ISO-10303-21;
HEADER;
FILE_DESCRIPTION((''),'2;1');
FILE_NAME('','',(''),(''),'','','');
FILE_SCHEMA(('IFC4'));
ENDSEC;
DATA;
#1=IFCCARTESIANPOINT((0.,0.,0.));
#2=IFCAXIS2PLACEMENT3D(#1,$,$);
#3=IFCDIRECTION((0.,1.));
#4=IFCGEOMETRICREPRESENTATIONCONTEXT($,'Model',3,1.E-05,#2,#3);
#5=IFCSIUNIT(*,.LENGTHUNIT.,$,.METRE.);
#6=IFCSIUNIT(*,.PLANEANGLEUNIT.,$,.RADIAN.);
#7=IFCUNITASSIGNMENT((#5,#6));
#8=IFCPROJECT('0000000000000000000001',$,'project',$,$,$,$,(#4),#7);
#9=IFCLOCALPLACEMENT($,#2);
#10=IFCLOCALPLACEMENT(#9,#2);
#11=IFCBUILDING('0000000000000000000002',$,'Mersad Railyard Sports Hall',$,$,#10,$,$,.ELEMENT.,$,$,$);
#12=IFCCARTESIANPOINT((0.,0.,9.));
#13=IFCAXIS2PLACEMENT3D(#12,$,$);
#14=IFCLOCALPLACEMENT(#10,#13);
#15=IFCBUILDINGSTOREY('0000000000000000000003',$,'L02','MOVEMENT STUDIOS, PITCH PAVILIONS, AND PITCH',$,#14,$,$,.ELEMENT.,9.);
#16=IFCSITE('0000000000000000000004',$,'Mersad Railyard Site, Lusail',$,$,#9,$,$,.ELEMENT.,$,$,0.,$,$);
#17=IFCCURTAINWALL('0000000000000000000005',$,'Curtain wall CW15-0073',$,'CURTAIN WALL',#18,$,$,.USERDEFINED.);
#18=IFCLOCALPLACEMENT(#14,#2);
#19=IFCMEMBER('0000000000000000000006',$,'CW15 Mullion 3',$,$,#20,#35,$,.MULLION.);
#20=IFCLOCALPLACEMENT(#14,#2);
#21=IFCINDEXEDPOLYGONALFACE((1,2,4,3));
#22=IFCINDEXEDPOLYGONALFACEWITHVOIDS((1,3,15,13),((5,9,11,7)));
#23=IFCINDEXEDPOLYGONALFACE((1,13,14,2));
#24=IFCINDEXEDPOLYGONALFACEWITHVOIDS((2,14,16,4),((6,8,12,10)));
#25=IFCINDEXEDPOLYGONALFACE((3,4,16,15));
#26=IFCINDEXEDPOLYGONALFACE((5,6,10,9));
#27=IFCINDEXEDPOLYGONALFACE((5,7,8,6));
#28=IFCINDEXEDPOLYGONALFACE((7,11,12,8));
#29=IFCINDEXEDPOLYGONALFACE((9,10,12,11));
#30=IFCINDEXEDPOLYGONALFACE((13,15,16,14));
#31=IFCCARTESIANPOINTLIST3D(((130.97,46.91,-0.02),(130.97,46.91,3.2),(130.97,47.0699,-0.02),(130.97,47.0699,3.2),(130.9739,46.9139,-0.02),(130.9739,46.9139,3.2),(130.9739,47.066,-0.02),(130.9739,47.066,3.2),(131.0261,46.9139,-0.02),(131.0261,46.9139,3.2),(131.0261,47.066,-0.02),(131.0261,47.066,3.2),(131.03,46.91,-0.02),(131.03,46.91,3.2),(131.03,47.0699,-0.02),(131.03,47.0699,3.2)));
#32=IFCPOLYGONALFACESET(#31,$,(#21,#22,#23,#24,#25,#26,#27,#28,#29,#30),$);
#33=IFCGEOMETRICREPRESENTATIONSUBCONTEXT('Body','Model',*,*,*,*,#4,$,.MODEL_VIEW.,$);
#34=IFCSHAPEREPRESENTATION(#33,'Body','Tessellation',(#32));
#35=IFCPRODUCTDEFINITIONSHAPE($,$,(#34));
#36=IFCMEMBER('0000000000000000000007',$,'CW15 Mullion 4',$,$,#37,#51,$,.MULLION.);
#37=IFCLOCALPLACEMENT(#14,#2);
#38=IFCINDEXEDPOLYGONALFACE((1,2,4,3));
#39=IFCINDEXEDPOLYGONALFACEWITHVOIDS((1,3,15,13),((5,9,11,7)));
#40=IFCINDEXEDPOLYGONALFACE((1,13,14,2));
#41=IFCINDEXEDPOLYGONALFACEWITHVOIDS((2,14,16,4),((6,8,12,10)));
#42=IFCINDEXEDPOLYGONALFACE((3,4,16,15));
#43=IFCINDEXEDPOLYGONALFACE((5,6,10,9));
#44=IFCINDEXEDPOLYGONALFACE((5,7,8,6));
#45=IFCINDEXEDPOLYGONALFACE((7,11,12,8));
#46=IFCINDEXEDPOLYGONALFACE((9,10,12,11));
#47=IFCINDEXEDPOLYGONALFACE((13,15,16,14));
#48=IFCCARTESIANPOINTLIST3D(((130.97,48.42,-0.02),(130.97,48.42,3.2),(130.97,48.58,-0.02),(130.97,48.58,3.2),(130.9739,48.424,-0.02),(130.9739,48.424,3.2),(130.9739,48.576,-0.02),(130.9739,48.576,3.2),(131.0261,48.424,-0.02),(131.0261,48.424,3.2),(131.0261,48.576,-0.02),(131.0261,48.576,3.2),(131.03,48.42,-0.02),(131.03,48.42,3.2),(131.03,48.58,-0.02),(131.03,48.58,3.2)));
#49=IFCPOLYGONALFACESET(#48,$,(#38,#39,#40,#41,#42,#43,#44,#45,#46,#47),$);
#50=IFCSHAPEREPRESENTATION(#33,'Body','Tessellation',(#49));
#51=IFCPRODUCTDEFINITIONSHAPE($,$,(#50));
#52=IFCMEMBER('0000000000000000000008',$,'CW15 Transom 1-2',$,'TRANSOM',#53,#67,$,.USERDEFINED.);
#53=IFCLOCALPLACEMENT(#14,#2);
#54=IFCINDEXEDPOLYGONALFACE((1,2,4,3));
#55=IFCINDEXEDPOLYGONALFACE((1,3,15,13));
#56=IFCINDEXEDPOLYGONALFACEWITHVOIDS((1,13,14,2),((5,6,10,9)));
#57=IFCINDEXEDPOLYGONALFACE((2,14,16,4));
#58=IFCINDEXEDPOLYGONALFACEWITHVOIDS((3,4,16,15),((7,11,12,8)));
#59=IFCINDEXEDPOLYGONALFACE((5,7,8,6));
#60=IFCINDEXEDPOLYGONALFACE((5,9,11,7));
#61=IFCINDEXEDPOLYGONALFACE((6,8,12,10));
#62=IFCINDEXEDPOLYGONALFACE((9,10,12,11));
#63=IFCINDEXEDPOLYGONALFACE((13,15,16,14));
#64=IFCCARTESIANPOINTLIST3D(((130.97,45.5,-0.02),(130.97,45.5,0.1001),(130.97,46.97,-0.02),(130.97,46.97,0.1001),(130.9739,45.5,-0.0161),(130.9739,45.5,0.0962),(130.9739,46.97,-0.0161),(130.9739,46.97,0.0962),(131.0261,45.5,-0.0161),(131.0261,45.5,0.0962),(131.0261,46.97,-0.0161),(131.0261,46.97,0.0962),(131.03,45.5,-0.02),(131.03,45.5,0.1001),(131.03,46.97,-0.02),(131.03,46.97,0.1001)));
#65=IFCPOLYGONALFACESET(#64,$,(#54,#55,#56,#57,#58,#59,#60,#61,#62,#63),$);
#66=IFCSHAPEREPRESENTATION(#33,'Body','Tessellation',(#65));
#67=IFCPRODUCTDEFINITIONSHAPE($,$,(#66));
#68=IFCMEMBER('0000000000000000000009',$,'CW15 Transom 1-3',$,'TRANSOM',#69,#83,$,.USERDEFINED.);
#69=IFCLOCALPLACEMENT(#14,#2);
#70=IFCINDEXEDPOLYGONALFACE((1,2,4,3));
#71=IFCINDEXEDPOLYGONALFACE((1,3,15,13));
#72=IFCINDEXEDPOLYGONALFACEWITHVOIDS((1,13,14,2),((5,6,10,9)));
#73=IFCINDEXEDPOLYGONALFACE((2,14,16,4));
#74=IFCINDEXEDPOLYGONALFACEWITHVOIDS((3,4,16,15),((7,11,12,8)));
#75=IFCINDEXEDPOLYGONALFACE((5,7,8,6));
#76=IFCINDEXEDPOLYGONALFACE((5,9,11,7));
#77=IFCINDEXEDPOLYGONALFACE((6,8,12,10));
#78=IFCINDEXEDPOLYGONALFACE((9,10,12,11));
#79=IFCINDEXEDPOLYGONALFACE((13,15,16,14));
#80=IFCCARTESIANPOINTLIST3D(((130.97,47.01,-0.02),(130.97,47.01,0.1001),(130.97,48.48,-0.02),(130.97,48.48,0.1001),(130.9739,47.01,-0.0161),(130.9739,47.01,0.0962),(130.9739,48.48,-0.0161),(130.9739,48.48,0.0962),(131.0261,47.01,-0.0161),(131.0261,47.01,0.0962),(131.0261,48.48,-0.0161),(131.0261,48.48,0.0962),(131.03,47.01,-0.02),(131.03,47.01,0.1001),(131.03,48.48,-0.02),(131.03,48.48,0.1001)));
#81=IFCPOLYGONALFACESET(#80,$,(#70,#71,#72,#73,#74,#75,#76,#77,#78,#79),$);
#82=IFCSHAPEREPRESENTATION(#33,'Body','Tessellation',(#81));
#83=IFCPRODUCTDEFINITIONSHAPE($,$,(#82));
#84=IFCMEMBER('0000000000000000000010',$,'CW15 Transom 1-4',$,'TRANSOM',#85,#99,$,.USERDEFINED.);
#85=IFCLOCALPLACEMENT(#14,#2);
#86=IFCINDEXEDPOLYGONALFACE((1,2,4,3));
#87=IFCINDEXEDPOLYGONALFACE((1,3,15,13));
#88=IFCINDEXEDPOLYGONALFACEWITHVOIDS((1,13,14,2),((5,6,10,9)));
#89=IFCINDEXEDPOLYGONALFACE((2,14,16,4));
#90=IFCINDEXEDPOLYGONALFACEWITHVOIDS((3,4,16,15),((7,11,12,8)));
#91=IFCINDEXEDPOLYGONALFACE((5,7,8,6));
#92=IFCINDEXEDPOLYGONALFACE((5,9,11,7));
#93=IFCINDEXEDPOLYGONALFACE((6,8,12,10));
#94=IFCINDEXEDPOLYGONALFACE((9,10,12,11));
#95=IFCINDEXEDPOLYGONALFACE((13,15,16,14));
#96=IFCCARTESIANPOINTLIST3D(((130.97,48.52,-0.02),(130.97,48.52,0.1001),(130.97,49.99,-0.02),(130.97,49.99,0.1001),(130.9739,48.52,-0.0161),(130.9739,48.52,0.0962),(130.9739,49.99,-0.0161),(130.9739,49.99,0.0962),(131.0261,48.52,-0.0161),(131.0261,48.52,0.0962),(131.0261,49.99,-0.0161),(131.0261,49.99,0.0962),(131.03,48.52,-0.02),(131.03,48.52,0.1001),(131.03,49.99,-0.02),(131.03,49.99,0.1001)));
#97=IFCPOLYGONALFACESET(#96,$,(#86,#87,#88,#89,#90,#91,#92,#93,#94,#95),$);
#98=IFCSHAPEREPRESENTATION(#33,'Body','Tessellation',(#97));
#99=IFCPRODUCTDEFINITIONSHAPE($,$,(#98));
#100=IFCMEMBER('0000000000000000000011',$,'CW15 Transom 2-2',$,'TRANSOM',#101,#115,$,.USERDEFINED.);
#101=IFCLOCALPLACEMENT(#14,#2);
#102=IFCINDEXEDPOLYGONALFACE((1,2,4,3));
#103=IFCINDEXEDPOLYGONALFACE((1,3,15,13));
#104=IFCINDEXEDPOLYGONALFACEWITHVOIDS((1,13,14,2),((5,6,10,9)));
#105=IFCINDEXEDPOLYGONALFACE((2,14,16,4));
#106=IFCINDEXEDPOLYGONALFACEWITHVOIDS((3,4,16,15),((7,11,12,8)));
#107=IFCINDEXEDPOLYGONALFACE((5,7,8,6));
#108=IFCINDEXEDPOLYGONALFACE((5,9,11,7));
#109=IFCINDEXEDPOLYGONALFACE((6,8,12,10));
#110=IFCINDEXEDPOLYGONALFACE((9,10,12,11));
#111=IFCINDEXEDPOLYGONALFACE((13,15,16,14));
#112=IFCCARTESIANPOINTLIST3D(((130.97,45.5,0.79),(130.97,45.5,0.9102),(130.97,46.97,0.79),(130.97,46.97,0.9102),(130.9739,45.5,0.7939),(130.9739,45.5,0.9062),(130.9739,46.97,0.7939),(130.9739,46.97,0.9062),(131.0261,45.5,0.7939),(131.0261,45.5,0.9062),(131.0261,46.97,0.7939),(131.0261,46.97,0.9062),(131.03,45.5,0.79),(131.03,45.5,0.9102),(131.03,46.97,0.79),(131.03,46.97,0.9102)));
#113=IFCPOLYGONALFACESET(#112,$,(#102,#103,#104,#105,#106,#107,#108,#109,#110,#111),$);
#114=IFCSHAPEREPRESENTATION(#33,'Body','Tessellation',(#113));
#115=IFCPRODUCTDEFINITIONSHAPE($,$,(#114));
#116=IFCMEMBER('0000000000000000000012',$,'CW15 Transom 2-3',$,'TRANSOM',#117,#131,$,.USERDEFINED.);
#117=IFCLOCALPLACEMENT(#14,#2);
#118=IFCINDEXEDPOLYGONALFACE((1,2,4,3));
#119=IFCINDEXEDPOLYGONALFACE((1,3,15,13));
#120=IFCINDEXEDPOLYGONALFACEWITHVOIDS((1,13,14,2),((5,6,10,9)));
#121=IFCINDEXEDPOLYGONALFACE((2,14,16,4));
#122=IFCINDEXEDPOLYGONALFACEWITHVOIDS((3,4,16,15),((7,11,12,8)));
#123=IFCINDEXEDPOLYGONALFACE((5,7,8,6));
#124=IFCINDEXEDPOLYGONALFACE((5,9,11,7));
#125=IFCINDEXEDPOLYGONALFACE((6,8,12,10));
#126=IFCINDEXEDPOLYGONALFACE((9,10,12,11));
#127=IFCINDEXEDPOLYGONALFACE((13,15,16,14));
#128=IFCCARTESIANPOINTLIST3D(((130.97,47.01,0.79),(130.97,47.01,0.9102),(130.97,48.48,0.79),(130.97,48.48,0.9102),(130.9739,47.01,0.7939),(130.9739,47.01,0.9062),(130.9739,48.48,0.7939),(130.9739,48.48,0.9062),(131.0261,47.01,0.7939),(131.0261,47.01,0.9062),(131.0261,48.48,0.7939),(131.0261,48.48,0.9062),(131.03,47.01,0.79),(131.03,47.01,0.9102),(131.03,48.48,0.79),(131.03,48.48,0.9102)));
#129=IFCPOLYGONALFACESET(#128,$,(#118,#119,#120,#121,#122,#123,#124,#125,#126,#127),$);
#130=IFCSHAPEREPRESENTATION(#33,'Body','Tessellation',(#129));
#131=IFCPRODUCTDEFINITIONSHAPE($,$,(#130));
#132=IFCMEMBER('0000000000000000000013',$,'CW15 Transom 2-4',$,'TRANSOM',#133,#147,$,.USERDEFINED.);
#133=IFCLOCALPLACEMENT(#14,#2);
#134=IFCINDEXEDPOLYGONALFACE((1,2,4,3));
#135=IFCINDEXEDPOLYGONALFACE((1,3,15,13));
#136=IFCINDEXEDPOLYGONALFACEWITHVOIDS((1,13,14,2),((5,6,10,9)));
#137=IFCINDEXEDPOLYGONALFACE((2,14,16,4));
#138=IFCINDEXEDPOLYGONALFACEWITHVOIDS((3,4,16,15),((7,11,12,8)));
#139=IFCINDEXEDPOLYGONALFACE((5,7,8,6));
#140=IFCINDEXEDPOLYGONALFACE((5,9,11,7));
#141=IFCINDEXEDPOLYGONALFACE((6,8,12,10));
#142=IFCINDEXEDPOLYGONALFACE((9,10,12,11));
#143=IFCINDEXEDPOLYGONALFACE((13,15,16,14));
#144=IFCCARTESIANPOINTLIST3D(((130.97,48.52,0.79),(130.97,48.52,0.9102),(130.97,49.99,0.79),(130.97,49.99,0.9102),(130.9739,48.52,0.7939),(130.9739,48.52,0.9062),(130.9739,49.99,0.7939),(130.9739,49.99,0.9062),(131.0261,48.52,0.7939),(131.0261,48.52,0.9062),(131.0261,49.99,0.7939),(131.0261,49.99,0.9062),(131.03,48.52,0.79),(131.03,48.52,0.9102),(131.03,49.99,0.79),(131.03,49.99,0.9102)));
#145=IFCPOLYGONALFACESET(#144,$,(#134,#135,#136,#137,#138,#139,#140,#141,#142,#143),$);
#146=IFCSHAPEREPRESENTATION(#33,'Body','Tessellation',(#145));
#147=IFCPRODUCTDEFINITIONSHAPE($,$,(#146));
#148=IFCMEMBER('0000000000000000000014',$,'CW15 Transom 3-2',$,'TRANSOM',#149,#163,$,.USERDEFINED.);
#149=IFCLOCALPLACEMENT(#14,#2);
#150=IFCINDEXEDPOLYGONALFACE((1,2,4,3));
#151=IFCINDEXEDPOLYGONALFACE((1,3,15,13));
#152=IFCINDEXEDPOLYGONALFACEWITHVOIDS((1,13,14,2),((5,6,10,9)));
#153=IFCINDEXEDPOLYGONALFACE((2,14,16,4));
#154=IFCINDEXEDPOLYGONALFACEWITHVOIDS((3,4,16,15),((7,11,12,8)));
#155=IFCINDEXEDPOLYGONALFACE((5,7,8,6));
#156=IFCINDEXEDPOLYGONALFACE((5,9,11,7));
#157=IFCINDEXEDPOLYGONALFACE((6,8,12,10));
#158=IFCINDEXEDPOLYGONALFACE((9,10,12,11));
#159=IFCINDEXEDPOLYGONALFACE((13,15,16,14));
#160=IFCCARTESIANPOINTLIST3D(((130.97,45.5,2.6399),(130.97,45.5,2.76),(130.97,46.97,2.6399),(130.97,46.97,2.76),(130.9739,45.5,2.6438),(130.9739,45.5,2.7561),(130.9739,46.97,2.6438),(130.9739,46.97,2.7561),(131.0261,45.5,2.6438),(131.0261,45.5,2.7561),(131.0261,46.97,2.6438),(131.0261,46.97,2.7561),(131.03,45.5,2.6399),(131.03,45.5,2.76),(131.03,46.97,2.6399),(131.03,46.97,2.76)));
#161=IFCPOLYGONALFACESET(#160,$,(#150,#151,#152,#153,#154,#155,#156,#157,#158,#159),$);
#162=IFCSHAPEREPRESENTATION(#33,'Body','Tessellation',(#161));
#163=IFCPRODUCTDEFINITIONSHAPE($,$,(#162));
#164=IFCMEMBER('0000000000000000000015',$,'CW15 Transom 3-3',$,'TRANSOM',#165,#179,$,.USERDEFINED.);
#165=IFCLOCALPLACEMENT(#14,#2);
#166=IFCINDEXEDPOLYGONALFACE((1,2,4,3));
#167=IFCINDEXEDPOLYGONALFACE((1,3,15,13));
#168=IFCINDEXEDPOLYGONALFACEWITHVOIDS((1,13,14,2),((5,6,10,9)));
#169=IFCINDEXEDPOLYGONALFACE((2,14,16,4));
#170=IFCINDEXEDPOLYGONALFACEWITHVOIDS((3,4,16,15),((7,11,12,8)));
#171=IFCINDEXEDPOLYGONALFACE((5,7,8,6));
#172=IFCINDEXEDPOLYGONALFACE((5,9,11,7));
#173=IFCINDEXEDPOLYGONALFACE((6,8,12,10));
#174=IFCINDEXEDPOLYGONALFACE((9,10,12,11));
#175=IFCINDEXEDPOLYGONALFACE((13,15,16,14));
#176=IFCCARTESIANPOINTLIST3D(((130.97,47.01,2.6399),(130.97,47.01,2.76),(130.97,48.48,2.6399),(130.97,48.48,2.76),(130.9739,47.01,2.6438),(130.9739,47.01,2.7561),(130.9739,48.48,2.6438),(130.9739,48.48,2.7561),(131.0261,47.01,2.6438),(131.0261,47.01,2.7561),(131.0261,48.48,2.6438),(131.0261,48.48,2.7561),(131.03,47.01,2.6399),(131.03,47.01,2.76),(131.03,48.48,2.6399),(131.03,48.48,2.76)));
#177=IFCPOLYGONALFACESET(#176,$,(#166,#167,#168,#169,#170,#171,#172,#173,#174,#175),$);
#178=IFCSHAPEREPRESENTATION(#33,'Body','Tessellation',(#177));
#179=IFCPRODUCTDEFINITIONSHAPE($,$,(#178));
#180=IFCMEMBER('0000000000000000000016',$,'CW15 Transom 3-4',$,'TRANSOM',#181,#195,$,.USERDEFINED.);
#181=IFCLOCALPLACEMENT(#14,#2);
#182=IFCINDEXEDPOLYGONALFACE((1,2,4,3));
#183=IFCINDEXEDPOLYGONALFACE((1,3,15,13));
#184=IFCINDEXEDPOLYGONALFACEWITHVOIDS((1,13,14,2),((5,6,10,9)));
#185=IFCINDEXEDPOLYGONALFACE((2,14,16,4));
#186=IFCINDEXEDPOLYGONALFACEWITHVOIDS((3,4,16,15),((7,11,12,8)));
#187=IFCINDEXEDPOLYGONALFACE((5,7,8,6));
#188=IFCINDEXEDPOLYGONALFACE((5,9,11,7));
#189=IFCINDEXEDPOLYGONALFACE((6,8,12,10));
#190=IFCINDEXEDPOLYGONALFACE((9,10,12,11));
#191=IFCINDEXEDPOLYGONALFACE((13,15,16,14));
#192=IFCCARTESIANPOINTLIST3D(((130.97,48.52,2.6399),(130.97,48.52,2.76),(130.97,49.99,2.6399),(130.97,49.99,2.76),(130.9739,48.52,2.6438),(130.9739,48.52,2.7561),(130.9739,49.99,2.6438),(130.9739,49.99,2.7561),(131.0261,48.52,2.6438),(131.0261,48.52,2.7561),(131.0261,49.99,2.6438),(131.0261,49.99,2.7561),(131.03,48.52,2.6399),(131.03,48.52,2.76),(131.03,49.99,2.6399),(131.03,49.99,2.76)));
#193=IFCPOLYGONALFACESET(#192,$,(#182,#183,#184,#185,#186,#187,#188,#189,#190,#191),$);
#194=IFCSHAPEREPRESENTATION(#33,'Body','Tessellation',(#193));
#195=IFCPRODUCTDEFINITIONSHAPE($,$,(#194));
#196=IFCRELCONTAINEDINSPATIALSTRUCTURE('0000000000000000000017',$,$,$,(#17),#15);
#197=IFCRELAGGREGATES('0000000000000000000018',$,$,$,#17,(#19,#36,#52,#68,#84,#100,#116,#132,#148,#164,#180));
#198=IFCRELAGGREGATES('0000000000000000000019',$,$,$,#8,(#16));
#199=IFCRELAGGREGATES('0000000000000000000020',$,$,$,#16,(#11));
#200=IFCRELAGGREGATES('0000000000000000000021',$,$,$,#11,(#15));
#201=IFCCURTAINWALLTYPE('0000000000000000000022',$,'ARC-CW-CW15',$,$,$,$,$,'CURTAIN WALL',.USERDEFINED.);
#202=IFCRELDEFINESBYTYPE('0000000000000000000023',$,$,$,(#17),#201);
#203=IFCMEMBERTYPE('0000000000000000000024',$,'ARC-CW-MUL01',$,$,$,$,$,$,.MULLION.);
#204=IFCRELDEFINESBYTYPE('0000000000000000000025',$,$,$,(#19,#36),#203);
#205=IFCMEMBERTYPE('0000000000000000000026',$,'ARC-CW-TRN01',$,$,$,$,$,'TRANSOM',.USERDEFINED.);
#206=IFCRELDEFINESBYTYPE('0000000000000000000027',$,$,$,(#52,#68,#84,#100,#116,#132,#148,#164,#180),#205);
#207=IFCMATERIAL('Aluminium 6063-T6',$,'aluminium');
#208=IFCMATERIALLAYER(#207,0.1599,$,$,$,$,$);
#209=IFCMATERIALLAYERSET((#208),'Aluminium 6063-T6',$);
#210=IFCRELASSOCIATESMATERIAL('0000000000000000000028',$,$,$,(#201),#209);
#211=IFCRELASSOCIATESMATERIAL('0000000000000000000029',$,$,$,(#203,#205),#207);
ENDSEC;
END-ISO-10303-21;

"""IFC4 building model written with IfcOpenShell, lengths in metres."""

from ifc_helpers import new_model, si_unit, direction, frame, origin, origin_2d, place, context, subcontext, project, spatial, hollow_rectangle, extrude, material, layer, layer_set, material_profile, profile_set, type_object, element, aggregate, save


model = new_model("IFC4")

# Units and contexts
model_context = context("Model", 3, precision=1e-05, world=origin(), true_north=direction((0.0, 1.0)))
body_context = subcontext(model_context, "Body", "Model", "MODEL_VIEW")
ifc_project = project(units=[si_unit("LENGTHUNIT", "METRE"), si_unit("PLANEANGLEUNIT", "RADIAN")], contexts=[model_context])

# Site, building, storey
site_placement = place(None, origin())
site = spatial("IfcSite", under=ifc_project, at=site_placement, Name="Mersad Railyard Site, Lusail", CompositionType="ELEMENT", RefElevation=0.0)
building_placement = place(site_placement, origin())
building = spatial("IfcBuilding", under=site, at=building_placement, Name="Mersad Railyard Sports Hall", CompositionType="ELEMENT")
storey_placement = place(building_placement, frame((0.0, 0.0, 9.0)))
storey = spatial("IfcBuildingStorey", under=building, at=storey_placement, Name="L02", Description="MOVEMENT STUDIOS, PITCH PAVILIONS, AND PITCH", CompositionType="ELEMENT", Elevation=9.0)

# Curtain wall, members
ifc_material_1 = material(Name="Aluminium 6063-T6", Category="aluminium")
ifc_layer_1 = layer(ifc_material_1, 0.1599)
ifc_layer_set_1 = layer_set([ifc_layer_1], Name="Aluminium 6063-T6")
curtain_wall_type = type_object("IfcCurtainWallType", Name="ARC-CW-CW15", ElementType="CURTAIN WALL", PredefinedType="USERDEFINED", material=ifc_layer_set_1)
curtain_wall_placement = place(storey_placement, origin())
curtain_wall = element("IfcCurtainWall", 1, at=curtain_wall_placement, inside=storey, type_object=curtain_wall_type, Name="Curtain wall CW15-0073", ObjectType="CURTAIN WALL", PredefinedType="USERDEFINED")
ifc_material_profile_1 = material_profile(ifc_material_1, hollow_rectangle(XDim=0.0601, YDim=0.1599, WallThickness=0.0039, at=origin_2d()), Name="AL MULLION 60x160x4")
ifc_profile_set_1 = profile_set([ifc_material_profile_1], Name="Aluminium 6063-T6")
member_type_1 = type_object("IfcMemberType", Name="ARC-CW-MUL01", PredefinedType="MULLION", material=ifc_profile_set_1)
member_1_placement = place(storey_placement, frame((131.0, 46.99, -0.02), z_axis=(0.0, 0.0, 1.0), x_axis=(1.0, 0.0, 0.0)))
member_1 = element("IfcMember", 2, at=member_1_placement, type_object=member_type_1, Name="CW15 Mullion 3", PredefinedType="MULLION", context=body_context, shape_type="SweptSolid", body=[
    extrude(hollow_rectangle(XDim=0.0601, YDim=0.1599, WallThickness=0.0039, at=origin_2d()), origin(), (0.0, 0.0, 1.0), 3.22),
])
member_2_placement = place(storey_placement, frame((131.0, 48.5, -0.02), z_axis=(0.0, 0.0, 1.0), x_axis=(1.0, 0.0, 0.0)))
member_2 = element("IfcMember", 3, at=member_2_placement, type_object=member_type_1, Name="CW15 Mullion 4", PredefinedType="MULLION", context=body_context, shape_type="SweptSolid", body=[
    extrude(hollow_rectangle(XDim=0.0601, YDim=0.1599, WallThickness=0.0039, at=origin_2d()), origin(), (0.0, 0.0, 1.0), 3.22),
])
ifc_material_profile_2 = material_profile(ifc_material_1, hollow_rectangle(XDim=0.0601, YDim=0.1201, WallThickness=0.0039, at=origin_2d()), Name="AL TRANSOM 60x120x4")
ifc_profile_set_2 = profile_set([ifc_material_profile_2], Name="Aluminium 6063-T6")
member_type_2 = type_object("IfcMemberType", Name="ARC-CW-TRN01", ElementType="TRANSOM", PredefinedType="USERDEFINED", material=ifc_profile_set_2)
member_3_placement = place(storey_placement, frame((131.0, 45.5, 0.04), z_axis=(0.0, 1.0, 0.0), x_axis=(-1.0, 0.0, 0.0)))
member_3 = element("IfcMember", 4, at=member_3_placement, type_object=member_type_2, Name="CW15 Transom 1-2", ObjectType="TRANSOM", PredefinedType="USERDEFINED", context=body_context, shape_type="SweptSolid", body=[
    extrude(hollow_rectangle(XDim=0.0601, YDim=0.1201, WallThickness=0.0039, at=origin_2d()), origin(), (0.0, 0.0, 1.0), 1.47),
])
member_4_placement = place(storey_placement, frame((131.0, 47.01, 0.04), z_axis=(0.0, 1.0, 0.0), x_axis=(-1.0, 0.0, 0.0)))
member_4 = element("IfcMember", 5, at=member_4_placement, type_object=member_type_2, Name="CW15 Transom 1-3", ObjectType="TRANSOM", PredefinedType="USERDEFINED", context=body_context, shape_type="SweptSolid", body=[
    extrude(hollow_rectangle(XDim=0.0601, YDim=0.1201, WallThickness=0.0039, at=origin_2d()), origin(), (0.0, 0.0, 1.0), 1.47),
])
member_5_placement = place(storey_placement, frame((131.0, 48.52, 0.04), z_axis=(0.0, 1.0, 0.0), x_axis=(-1.0, 0.0, 0.0)))
member_5 = element("IfcMember", 6, at=member_5_placement, type_object=member_type_2, Name="CW15 Transom 1-4", ObjectType="TRANSOM", PredefinedType="USERDEFINED", context=body_context, shape_type="SweptSolid", body=[
    extrude(hollow_rectangle(XDim=0.0601, YDim=0.1201, WallThickness=0.0039, at=origin_2d()), origin(), (0.0, 0.0, 1.0), 1.47),
])
member_6_placement = place(storey_placement, frame((131.0, 45.5, 0.8501), z_axis=(0.0, 1.0, 0.0), x_axis=(-1.0, 0.0, 0.0)))
member_6 = element("IfcMember", 7, at=member_6_placement, type_object=member_type_2, Name="CW15 Transom 2-2", ObjectType="TRANSOM", PredefinedType="USERDEFINED", context=body_context, shape_type="SweptSolid", body=[
    extrude(hollow_rectangle(XDim=0.0601, YDim=0.1201, WallThickness=0.0039, at=origin_2d()), origin(), (0.0, 0.0, 1.0), 1.47),
])
member_7_placement = place(storey_placement, frame((131.0, 47.01, 0.8501), z_axis=(0.0, 1.0, 0.0), x_axis=(-1.0, 0.0, 0.0)))
member_7 = element("IfcMember", 8, at=member_7_placement, type_object=member_type_2, Name="CW15 Transom 2-3", ObjectType="TRANSOM", PredefinedType="USERDEFINED", context=body_context, shape_type="SweptSolid", body=[
    extrude(hollow_rectangle(XDim=0.0601, YDim=0.1201, WallThickness=0.0039, at=origin_2d()), origin(), (0.0, 0.0, 1.0), 1.47),
])
member_8_placement = place(storey_placement, frame((131.0, 48.52, 0.8501), z_axis=(0.0, 1.0, 0.0), x_axis=(-1.0, 0.0, 0.0)))
member_8 = element("IfcMember", 9, at=member_8_placement, type_object=member_type_2, Name="CW15 Transom 2-4", ObjectType="TRANSOM", PredefinedType="USERDEFINED", context=body_context, shape_type="SweptSolid", body=[
    extrude(hollow_rectangle(XDim=0.0601, YDim=0.1201, WallThickness=0.0039, at=origin_2d()), origin(), (0.0, 0.0, 1.0), 1.47),
])
member_9_placement = place(storey_placement, frame((131.0, 45.5, 2.7), z_axis=(0.0, 1.0, 0.0), x_axis=(-1.0, 0.0, 0.0)))
member_9 = element("IfcMember", 10, at=member_9_placement, type_object=member_type_2, Name="CW15 Transom 3-2", ObjectType="TRANSOM", PredefinedType="USERDEFINED", context=body_context, shape_type="SweptSolid", body=[
    extrude(hollow_rectangle(XDim=0.0601, YDim=0.1201, WallThickness=0.0039, at=origin_2d()), origin(), (0.0, 0.0, 1.0), 1.47),
])
member_10_placement = place(storey_placement, frame((131.0, 47.01, 2.7), z_axis=(0.0, 1.0, 0.0), x_axis=(-1.0, 0.0, 0.0)))
member_10 = element("IfcMember", 11, at=member_10_placement, type_object=member_type_2, Name="CW15 Transom 3-3", ObjectType="TRANSOM", PredefinedType="USERDEFINED", context=body_context, shape_type="SweptSolid", body=[
    extrude(hollow_rectangle(XDim=0.0601, YDim=0.1201, WallThickness=0.0039, at=origin_2d()), origin(), (0.0, 0.0, 1.0), 1.47),
])
member_11_placement = place(storey_placement, frame((131.0, 48.52, 2.7), z_axis=(0.0, 1.0, 0.0), x_axis=(-1.0, 0.0, 0.0)))
member_11 = element("IfcMember", 12, at=member_11_placement, type_object=member_type_2, Name="CW15 Transom 3-4", ObjectType="TRANSOM", PredefinedType="USERDEFINED", context=body_context, shape_type="SweptSolid", body=[
    extrude(hollow_rectangle(XDim=0.0601, YDim=0.1201, WallThickness=0.0039, at=origin_2d()), origin(), (0.0, 0.0, 1.0), 1.47),
])
aggregate(curtain_wall, [member_1, member_2, member_3, member_4, member_5, member_6, member_7, member_8, member_9, member_10, member_11])

save(model, "model.ifc")
